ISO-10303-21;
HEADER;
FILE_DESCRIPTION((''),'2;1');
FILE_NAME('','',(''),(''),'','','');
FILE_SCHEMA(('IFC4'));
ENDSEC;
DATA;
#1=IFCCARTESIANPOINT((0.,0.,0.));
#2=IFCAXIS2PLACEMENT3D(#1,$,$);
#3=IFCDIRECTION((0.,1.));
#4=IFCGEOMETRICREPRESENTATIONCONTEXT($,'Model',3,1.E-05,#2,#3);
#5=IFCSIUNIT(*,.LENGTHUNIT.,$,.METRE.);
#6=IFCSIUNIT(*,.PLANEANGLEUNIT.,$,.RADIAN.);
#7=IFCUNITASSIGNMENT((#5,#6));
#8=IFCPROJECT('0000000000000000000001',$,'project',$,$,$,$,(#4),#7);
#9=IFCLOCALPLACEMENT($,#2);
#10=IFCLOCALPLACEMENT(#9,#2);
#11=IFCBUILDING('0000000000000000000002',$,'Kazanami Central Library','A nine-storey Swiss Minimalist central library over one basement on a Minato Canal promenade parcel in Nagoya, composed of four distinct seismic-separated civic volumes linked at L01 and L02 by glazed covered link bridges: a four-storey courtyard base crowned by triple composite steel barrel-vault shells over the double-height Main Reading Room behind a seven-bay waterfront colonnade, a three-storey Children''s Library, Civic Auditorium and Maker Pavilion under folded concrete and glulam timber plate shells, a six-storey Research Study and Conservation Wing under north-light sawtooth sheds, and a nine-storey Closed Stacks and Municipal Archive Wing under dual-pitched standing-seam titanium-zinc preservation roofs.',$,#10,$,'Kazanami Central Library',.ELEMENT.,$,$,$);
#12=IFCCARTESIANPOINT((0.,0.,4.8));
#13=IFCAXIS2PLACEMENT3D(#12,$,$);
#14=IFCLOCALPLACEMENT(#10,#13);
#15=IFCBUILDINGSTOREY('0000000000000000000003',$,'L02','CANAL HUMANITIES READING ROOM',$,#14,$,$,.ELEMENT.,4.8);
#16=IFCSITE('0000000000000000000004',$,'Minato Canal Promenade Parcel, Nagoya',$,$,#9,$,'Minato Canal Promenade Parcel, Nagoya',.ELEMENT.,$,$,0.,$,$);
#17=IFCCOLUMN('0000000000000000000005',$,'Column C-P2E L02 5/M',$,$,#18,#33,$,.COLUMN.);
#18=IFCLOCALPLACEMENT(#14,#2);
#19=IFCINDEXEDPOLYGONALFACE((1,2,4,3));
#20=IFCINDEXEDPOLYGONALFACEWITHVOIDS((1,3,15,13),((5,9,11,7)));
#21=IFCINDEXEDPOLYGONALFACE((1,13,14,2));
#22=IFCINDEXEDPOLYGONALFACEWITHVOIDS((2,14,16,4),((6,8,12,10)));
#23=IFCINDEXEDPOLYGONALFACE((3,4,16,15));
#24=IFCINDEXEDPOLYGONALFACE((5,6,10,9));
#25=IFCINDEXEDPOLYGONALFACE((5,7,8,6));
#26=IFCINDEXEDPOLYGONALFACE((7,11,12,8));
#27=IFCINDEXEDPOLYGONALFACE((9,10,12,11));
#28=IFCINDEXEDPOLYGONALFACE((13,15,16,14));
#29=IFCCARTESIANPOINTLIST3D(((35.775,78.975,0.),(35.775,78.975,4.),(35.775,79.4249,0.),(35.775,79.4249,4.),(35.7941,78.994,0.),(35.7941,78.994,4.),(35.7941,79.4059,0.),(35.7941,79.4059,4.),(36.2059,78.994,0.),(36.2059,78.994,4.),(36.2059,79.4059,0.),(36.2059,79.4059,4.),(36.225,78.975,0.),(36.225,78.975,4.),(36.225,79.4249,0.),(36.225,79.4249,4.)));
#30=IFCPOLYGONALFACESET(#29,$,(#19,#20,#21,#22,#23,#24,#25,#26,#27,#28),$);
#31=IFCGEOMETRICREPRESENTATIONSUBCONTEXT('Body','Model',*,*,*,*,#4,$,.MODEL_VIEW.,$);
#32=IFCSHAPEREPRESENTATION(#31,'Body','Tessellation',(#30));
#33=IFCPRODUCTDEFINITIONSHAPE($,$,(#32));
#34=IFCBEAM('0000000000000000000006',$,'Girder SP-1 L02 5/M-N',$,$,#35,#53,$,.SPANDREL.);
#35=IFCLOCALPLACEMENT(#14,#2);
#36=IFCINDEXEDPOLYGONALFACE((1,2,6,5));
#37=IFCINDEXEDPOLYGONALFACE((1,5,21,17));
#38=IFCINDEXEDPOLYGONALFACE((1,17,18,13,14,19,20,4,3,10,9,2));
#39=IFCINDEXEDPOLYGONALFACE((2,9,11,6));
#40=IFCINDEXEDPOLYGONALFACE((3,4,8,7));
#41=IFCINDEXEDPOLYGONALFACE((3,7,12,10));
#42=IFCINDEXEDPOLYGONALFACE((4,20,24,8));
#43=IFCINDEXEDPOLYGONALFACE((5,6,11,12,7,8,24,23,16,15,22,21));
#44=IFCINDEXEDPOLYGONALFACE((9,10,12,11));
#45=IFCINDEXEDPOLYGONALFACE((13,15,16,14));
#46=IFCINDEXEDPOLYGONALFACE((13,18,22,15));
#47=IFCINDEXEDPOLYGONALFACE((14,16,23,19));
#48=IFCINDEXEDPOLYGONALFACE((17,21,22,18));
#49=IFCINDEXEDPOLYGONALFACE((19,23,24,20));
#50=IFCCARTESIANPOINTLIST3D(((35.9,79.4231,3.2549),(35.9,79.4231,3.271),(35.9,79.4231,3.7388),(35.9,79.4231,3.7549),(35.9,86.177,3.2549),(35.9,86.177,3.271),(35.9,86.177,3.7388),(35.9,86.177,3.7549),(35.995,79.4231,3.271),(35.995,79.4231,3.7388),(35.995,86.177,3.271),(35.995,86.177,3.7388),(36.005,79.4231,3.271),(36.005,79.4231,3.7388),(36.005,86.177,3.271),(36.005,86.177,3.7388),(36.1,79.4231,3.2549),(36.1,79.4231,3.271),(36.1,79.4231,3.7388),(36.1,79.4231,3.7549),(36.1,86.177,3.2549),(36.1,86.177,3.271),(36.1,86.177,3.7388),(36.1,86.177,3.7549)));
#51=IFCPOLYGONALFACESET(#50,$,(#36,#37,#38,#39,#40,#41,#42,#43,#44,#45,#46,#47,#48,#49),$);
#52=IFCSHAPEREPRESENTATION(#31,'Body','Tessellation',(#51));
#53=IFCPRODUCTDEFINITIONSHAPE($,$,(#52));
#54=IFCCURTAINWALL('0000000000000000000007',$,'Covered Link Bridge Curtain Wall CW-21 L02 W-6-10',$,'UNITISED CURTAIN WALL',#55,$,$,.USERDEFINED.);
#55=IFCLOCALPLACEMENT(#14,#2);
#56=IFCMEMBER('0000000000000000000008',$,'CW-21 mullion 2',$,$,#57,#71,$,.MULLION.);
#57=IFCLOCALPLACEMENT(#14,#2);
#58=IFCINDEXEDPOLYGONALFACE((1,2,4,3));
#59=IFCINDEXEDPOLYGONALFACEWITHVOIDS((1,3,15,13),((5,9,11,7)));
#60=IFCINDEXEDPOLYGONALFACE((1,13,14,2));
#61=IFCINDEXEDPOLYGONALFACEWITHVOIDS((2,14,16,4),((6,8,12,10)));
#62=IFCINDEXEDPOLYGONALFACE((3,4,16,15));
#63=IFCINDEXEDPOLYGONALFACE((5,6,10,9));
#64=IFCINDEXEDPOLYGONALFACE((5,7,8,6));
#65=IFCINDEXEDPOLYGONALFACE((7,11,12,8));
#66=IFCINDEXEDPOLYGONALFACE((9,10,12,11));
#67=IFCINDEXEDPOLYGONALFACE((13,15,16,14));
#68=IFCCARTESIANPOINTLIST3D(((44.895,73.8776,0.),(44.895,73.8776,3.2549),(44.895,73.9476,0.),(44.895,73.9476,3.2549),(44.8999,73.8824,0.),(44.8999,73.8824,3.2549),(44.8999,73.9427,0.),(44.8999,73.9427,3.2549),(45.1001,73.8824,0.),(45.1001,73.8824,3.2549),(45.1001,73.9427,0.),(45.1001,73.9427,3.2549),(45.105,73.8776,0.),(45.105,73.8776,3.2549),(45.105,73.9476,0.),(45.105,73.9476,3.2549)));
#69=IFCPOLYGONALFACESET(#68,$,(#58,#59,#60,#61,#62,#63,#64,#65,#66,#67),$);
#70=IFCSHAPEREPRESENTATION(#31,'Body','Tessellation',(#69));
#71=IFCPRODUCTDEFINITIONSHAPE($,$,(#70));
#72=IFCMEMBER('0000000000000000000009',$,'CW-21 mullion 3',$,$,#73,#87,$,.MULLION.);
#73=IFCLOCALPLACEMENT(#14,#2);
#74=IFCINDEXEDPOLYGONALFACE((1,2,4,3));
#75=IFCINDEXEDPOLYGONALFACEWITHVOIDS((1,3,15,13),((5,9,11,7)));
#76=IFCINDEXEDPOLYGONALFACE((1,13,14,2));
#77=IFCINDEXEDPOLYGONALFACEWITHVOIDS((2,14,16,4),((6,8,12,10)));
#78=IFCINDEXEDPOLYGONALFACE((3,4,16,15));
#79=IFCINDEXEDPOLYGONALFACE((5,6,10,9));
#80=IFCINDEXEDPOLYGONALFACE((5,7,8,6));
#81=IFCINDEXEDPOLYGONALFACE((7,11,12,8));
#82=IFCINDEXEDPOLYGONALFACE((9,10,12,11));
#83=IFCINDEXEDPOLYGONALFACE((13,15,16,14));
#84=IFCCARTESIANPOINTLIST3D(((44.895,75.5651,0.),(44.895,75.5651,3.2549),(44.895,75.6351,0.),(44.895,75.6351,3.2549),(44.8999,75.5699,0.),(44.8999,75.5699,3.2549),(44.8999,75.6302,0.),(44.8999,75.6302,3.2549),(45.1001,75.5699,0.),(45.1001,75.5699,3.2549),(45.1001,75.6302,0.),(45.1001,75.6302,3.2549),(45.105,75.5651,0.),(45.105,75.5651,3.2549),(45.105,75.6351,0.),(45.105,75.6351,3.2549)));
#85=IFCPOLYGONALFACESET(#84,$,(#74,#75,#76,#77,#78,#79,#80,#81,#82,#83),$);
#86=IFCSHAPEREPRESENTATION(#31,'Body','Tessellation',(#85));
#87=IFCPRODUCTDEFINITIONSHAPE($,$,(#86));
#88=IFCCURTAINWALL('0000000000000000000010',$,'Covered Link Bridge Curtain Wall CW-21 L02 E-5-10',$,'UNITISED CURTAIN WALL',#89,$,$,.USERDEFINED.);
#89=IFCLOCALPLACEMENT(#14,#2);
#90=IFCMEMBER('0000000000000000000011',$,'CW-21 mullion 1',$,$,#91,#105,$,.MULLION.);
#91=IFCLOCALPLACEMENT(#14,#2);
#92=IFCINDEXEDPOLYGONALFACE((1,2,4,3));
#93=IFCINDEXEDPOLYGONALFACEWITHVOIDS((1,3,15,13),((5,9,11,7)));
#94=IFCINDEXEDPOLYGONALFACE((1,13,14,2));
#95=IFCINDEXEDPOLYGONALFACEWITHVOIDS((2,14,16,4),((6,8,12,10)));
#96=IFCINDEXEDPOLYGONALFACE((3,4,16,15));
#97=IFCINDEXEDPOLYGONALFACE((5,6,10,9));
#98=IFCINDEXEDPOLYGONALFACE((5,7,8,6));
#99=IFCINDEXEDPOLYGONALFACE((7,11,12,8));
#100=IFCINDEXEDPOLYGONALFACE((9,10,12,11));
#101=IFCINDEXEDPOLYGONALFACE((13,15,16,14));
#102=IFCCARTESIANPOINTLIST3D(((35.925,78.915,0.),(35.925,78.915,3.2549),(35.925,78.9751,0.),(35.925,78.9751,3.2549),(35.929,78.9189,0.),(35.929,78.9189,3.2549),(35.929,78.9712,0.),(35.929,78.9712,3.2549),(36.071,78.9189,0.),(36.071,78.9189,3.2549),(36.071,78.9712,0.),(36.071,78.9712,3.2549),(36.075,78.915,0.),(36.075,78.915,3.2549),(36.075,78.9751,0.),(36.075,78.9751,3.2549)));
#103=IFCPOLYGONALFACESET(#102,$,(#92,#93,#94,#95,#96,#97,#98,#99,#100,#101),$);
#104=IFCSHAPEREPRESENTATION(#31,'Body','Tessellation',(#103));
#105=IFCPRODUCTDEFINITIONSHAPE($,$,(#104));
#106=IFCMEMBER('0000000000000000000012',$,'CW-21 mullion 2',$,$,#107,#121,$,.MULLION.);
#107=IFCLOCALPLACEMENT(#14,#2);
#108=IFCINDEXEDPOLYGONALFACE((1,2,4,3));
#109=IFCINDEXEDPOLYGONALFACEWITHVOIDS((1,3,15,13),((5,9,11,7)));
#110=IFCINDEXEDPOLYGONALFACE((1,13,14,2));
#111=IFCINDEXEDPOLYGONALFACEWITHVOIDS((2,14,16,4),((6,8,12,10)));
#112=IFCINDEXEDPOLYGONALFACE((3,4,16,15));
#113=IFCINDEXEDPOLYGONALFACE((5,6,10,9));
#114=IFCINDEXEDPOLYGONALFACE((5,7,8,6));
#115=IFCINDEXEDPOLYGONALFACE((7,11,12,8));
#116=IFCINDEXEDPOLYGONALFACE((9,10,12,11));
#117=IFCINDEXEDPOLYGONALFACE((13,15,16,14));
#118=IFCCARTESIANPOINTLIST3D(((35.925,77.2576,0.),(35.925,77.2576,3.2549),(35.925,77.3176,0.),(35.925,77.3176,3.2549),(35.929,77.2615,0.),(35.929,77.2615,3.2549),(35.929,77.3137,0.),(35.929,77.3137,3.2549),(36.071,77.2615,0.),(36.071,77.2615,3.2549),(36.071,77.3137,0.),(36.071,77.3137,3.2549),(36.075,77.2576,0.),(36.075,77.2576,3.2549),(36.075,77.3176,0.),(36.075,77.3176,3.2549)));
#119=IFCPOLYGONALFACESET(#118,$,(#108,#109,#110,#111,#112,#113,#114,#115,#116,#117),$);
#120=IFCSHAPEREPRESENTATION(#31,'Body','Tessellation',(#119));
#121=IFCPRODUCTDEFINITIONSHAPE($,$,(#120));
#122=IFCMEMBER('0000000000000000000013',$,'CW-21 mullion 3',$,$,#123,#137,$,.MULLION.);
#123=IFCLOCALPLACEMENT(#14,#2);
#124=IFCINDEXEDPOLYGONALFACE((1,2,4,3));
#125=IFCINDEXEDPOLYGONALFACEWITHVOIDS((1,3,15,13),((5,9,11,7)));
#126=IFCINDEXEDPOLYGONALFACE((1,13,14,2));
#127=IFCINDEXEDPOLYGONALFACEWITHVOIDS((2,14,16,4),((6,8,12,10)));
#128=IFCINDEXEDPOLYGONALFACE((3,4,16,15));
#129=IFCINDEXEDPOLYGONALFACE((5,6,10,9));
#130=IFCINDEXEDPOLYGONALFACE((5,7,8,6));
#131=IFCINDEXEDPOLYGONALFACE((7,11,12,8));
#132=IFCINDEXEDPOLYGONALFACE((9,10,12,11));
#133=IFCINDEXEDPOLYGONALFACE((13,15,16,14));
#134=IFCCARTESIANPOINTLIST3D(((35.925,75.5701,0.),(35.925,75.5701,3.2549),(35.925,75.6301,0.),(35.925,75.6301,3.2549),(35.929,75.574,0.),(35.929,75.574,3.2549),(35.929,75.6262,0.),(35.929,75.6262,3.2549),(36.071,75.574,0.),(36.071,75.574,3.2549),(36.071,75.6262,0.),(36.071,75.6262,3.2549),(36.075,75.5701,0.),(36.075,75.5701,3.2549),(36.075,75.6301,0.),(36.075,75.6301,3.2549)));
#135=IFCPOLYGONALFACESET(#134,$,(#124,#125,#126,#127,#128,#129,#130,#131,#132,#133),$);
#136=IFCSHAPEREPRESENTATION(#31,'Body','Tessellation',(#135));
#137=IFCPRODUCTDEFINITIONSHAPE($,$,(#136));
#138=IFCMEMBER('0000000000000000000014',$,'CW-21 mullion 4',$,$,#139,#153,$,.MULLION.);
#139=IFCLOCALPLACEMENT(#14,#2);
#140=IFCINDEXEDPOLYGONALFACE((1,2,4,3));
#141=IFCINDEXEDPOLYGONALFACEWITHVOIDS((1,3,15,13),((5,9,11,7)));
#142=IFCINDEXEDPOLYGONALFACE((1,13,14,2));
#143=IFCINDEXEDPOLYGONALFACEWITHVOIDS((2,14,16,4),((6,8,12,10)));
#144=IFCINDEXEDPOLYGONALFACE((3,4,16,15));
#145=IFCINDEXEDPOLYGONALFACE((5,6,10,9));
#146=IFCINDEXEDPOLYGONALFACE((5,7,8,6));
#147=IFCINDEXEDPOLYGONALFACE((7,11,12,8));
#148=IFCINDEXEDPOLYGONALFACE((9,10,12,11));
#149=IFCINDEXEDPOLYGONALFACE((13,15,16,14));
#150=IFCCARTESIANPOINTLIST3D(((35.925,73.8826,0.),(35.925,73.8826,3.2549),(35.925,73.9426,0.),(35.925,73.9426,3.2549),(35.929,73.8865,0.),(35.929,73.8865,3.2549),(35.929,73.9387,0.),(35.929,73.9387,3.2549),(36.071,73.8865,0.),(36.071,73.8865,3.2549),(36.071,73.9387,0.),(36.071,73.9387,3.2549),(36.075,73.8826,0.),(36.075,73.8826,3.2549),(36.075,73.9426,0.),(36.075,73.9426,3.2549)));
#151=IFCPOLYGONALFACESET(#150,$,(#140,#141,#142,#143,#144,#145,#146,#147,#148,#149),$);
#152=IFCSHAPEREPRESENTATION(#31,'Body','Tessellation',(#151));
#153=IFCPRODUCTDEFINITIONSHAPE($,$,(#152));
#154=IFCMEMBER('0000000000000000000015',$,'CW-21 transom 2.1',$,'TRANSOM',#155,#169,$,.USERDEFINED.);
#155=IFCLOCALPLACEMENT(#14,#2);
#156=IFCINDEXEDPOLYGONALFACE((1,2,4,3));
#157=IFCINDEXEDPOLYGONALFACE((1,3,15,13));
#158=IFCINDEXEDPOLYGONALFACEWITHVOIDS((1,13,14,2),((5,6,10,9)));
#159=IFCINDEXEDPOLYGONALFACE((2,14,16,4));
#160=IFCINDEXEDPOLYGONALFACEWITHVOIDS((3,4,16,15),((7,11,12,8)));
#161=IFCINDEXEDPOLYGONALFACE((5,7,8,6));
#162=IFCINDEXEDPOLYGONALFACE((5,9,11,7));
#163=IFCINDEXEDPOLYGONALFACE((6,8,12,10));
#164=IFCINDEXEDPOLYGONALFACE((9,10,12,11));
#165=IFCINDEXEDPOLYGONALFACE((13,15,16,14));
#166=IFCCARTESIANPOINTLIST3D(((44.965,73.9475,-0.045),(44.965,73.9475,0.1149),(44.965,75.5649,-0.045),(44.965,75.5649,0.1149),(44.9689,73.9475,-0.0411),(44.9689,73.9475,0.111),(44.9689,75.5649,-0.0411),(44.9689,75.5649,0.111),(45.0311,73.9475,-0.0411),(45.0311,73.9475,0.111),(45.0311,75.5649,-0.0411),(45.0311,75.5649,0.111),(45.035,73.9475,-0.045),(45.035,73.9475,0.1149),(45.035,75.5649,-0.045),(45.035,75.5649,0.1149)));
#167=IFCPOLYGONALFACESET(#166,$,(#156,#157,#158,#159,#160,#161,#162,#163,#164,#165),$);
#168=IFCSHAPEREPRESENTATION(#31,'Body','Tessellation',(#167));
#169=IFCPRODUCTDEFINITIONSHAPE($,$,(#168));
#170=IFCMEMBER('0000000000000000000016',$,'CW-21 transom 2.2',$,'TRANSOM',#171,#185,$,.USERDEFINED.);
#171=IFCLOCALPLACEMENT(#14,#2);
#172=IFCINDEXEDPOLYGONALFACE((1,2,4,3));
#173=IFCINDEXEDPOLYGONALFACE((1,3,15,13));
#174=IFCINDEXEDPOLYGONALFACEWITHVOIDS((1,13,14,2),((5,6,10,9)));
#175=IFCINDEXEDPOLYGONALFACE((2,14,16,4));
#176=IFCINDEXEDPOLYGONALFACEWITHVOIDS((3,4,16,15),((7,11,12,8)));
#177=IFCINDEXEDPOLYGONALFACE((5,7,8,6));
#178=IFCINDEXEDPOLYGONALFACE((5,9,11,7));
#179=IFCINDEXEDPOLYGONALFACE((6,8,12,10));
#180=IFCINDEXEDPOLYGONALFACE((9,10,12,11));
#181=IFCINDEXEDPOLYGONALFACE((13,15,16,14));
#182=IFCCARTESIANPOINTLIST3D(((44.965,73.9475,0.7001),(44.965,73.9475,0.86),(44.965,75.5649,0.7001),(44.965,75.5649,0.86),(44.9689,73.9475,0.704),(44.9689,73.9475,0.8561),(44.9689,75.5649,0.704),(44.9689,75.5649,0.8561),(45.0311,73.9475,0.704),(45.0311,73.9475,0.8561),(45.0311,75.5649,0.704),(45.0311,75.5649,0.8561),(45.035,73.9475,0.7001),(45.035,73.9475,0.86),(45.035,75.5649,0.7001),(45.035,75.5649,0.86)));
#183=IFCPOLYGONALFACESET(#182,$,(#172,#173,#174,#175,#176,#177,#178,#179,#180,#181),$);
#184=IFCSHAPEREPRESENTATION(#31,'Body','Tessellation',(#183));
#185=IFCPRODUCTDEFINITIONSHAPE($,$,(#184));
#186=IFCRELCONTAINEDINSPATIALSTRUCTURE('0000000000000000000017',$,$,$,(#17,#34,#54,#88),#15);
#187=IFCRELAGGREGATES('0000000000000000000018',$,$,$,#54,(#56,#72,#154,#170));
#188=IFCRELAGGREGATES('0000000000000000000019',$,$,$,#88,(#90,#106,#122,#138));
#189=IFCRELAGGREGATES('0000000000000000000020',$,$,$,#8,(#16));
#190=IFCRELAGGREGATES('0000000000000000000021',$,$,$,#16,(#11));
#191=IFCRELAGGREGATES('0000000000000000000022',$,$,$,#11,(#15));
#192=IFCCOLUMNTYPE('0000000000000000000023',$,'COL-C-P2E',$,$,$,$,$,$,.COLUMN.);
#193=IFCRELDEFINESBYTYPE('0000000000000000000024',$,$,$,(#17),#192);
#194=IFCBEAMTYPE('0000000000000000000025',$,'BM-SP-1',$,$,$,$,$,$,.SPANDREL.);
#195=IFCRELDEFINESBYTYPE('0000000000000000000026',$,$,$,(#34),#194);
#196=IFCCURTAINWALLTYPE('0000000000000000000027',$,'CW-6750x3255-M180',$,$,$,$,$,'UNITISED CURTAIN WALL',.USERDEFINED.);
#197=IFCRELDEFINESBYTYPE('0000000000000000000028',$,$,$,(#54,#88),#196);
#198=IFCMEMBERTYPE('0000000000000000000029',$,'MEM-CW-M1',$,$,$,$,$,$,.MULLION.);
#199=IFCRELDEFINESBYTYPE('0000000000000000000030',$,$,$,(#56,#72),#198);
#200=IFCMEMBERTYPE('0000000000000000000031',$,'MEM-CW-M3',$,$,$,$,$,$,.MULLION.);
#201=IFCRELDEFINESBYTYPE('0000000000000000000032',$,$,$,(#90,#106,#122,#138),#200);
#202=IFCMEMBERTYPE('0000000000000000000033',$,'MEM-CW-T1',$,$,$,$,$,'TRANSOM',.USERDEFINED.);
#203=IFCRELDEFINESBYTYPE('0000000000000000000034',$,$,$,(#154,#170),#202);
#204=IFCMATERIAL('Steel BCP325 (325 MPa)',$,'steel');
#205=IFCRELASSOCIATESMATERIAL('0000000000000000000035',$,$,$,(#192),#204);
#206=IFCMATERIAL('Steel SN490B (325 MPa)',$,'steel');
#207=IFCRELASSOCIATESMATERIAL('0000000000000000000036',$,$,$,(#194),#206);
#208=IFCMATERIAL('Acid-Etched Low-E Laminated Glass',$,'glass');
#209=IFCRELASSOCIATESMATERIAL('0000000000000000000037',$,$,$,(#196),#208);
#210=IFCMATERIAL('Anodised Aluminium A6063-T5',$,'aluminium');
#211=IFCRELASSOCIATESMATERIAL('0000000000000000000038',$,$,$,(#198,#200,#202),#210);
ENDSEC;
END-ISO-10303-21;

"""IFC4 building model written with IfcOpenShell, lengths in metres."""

from ifc_helpers import new_model, si_unit, direction, frame, origin, origin_2d, place, context, subcontext, project, spatial, hollow_rectangle, i_section, extrude, material, material_profile, profile_set, type_object, element, aggregate, save


model = new_model("IFC4")

# Units and contexts
model_context = context("Model", 3, precision=1e-05, world=origin(), true_north=direction((0.0, 1.0)))
body_context = subcontext(model_context, "Body", "Model", "MODEL_VIEW")
ifc_project = project(units=[si_unit("LENGTHUNIT", "METRE"), si_unit("PLANEANGLEUNIT", "RADIAN")], contexts=[model_context])

# Site, building, storey
site_placement = place(None, origin())
site = spatial("IfcSite", under=ifc_project, at=site_placement, Name="Minato Canal Promenade Parcel, Nagoya", LongName="Minato Canal Promenade Parcel, Nagoya", CompositionType="ELEMENT", RefElevation=0.0)
building_placement = place(site_placement, origin())
building = spatial("IfcBuilding", under=site, at=building_placement, Name="Kazanami Central Library", Description="A nine-storey Swiss Minimalist central library over one basement on a Minato Canal promenade parcel in Nagoya, composed of four distinct seismic-separated civic volumes linked at L01 and L02 by glazed covered link bridges: a four-storey courtyard base crowned by triple composite steel barrel-vault shells over the double-height Main Reading Room behind a seven-bay waterfront colonnade, a three-storey Children's Library, Civic Auditorium and Maker Pavilion under folded concrete and glulam timber plate shells, a six-storey Research Study and Conservation Wing under north-light sawtooth sheds, and a nine-storey Closed Stacks and Municipal Archive Wing under dual-pitched standing-seam titanium-zinc preservation roofs.", LongName="Kazanami Central Library", CompositionType="ELEMENT")
storey_placement = place(building_placement, frame((0.0, 0.0, 4.8)))
storey = spatial("IfcBuildingStorey", under=building, at=storey_placement, Name="L02", Description="CANAL HUMANITIES READING ROOM", CompositionType="ELEMENT", Elevation=4.8)

# Column
ifc_material_1 = material(Name="Steel BCP325 (325 MPa)", Category="steel")
ifc_material_profile_1 = material_profile(ifc_material_1, hollow_rectangle(XDim=0.45, YDim=0.45, WallThickness=0.019, at=origin_2d()), Name="BCP-450x450x19")
ifc_profile_set_1 = profile_set([ifc_material_profile_1], Name="Steel BCP325 (325 MPa)")
column_type = type_object("IfcColumnType", Name="COL-C-P2E", PredefinedType="COLUMN", material=ifc_profile_set_1)
column_placement = place(storey_placement, frame((36.0, 79.2, 0.0), z_axis=(0.0, 0.0, 1.0), x_axis=(1.0, 0.0, 0.0)))
element("IfcColumn", 1, at=column_placement, inside=storey, type_object=column_type, Name="Column C-P2E L02 5/M", PredefinedType="COLUMN", context=body_context, shape_type="SweptSolid", body=[
    extrude(hollow_rectangle(XDim=0.45, YDim=0.45, WallThickness=0.019, at=origin_2d()), origin(), (0.0, 0.0, 1.0), 4.0),
])

# Beam
ifc_material_2 = material(Name="Steel SN490B (325 MPa)", Category="steel")
ifc_material_profile_2 = material_profile(ifc_material_2, i_section(OverallWidth=0.2, OverallDepth=0.5, WebThickness=0.01, FlangeThickness=0.0161, at=origin_2d()), Name="H-500x200x10x16")
ifc_profile_set_2 = profile_set([ifc_material_profile_2], Name="Steel SN490B (325 MPa)")
beam_type = type_object("IfcBeamType", Name="BM-SP-1", PredefinedType="SPANDREL", material=ifc_profile_set_2)
beam_placement = place(storey_placement, frame((36.0, 79.4231, 3.5049), z_axis=(0.0, 1.0, 0.0), x_axis=(-1.0, 0.0, 0.0)))
element("IfcBeam", 2, at=beam_placement, inside=storey, type_object=beam_type, Name="Girder SP-1 L02 5/M-N", PredefinedType="SPANDREL", context=body_context, shape_type="SweptSolid", body=[
    extrude(i_section(OverallWidth=0.2, OverallDepth=0.5, WebThickness=0.01, FlangeThickness=0.0161, at=origin_2d()), origin(), (0.0, 0.0, 1.0), 6.7539),
])

# Curtain walls, members
ifc_material_3 = material(Name="Acid-Etched Low-E Laminated Glass", Category="glass")
curtain_wall_type = type_object("IfcCurtainWallType", Name="CW-6750x3255-M180", ElementType="UNITISED CURTAIN WALL", PredefinedType="USERDEFINED", material=ifc_material_3)
curtain_wall_1_placement = place(storey_placement, origin())
curtain_wall_1 = element("IfcCurtainWall", 3, at=curtain_wall_1_placement, inside=storey, type_object=curtain_wall_type, Name="Covered Link Bridge Curtain Wall CW-21 L02 W-6-10", ObjectType="UNITISED CURTAIN WALL", PredefinedType="USERDEFINED")
ifc_material_4 = material(Name="Anodised Aluminium A6063-T5", Category="aluminium")
ifc_material_profile_3 = material_profile(ifc_material_4, hollow_rectangle(XDim=0.0701, YDim=0.21, WallThickness=0.0049, at=origin_2d()), Name="ALU-MULL-70x210x5")
ifc_profile_set_3 = profile_set([ifc_material_profile_3], Name="Anodised Aluminium A6063-T5")
member_type_1 = type_object("IfcMemberType", Name="MEM-CW-M1", PredefinedType="MULLION", material=ifc_profile_set_3)
member_1_placement = place(storey_placement, frame((45.0, 73.9126, 0.0), z_axis=(0.0, 0.0, 1.0), x_axis=(0.0, 1.0, 0.0)))
member_1 = element("IfcMember", 4, at=member_1_placement, type_object=member_type_1, Name="CW-21 mullion 2", PredefinedType="MULLION", context=body_context, shape_type="SweptSolid", body=[
    extrude(hollow_rectangle(XDim=0.0701, YDim=0.21, WallThickness=0.0049, at=origin_2d()), origin(), (0.0, 0.0, 1.0), 3.2549),
])
member_2_placement = place(storey_placement, frame((45.0, 75.6001, 0.0), z_axis=(0.0, 0.0, 1.0), x_axis=(0.0, 1.0, 0.0)))
member_2 = element("IfcMember", 5, at=member_2_placement, type_object=member_type_1, Name="CW-21 mullion 3", PredefinedType="MULLION", context=body_context, shape_type="SweptSolid", body=[
    extrude(hollow_rectangle(XDim=0.0701, YDim=0.21, WallThickness=0.0049, at=origin_2d()), origin(), (0.0, 0.0, 1.0), 3.2549),
])
curtain_wall_2_placement = place(storey_placement, origin())
curtain_wall_2 = element("IfcCurtainWall", 6, at=curtain_wall_2_placement, inside=storey, type_object=curtain_wall_type, Name="Covered Link Bridge Curtain Wall CW-21 L02 E-5-10", ObjectType="UNITISED CURTAIN WALL", PredefinedType="USERDEFINED")
ifc_material_profile_4 = material_profile(ifc_material_4, hollow_rectangle(XDim=0.0601, YDim=0.1499, WallThickness=0.0039, at=origin_2d()), Name="ALU-MULL-60x150x4")
ifc_profile_set_4 = profile_set([ifc_material_profile_4], Name="Anodised Aluminium A6063-T5")
member_type_2 = type_object("IfcMemberType", Name="MEM-CW-M3", PredefinedType="MULLION", material=ifc_profile_set_4)
member_3_placement = place(storey_placement, frame((36.0, 78.9451, 0.0), z_axis=(0.0, 0.0, 1.0), x_axis=(0.0, -1.0, 0.0)))
member_3 = element("IfcMember", 7, at=member_3_placement, type_object=member_type_2, Name="CW-21 mullion 1", PredefinedType="MULLION", context=body_context, shape_type="SweptSolid", body=[
    extrude(hollow_rectangle(XDim=0.0601, YDim=0.1499, WallThickness=0.0039, at=origin_2d()), origin(), (0.0, 0.0, 1.0), 3.2549),
])
member_4_placement = place(storey_placement, frame((36.0, 77.2876, 0.0), z_axis=(0.0, 0.0, 1.0), x_axis=(0.0, -1.0, 0.0)))
member_4 = element("IfcMember", 8, at=member_4_placement, type_object=member_type_2, Name="CW-21 mullion 2", PredefinedType="MULLION", context=body_context, shape_type="SweptSolid", body=[
    extrude(hollow_rectangle(XDim=0.0601, YDim=0.1499, WallThickness=0.0039, at=origin_2d()), origin(), (0.0, 0.0, 1.0), 3.2549),
])
member_5_placement = place(storey_placement, frame((36.0, 75.6001, 0.0), z_axis=(0.0, 0.0, 1.0), x_axis=(0.0, -1.0, 0.0)))
member_5 = element("IfcMember", 9, at=member_5_placement, type_object=member_type_2, Name="CW-21 mullion 3", PredefinedType="MULLION", context=body_context, shape_type="SweptSolid", body=[
    extrude(hollow_rectangle(XDim=0.0601, YDim=0.1499, WallThickness=0.0039, at=origin_2d()), origin(), (0.0, 0.0, 1.0), 3.2549),
])
member_6_placement = place(storey_placement, frame((36.0, 73.9126, 0.0), z_axis=(0.0, 0.0, 1.0), x_axis=(0.0, -1.0, 0.0)))
member_6 = element("IfcMember", 10, at=member_6_placement, type_object=member_type_2, Name="CW-21 mullion 4", PredefinedType="MULLION", context=body_context, shape_type="SweptSolid", body=[
    extrude(hollow_rectangle(XDim=0.0601, YDim=0.1499, WallThickness=0.0039, at=origin_2d()), origin(), (0.0, 0.0, 1.0), 3.2549),
])

# Members
ifc_material_profile_5 = material_profile(ifc_material_4, hollow_rectangle(XDim=0.0701, YDim=0.1599, WallThickness=0.0039, at=origin_2d()), Name="ALU-TRAN-70x160x4")
ifc_profile_set_5 = profile_set([ifc_material_profile_5], Name="Anodised Aluminium A6063-T5")
member_type_3 = type_object("IfcMemberType", Name="MEM-CW-T1", ElementType="TRANSOM", PredefinedType="USERDEFINED", material=ifc_profile_set_5)
member_7_placement = place(storey_placement, frame((45.0, 73.9475, 0.0349), z_axis=(0.0, 1.0, 0.0), x_axis=(-1.0, 0.0, 0.0)))
member_7 = element("IfcMember", 11, at=member_7_placement, type_object=member_type_3, Name="CW-21 transom 2.1", ObjectType="TRANSOM", PredefinedType="USERDEFINED", context=body_context, shape_type="SweptSolid", body=[
    extrude(hollow_rectangle(XDim=0.0701, YDim=0.1599, WallThickness=0.0039, at=origin_2d()), origin(), (0.0, 0.0, 1.0), 1.6174),
])
member_8_placement = place(storey_placement, frame((45.0, 73.9475, 0.78), z_axis=(0.0, 1.0, 0.0), x_axis=(-1.0, 0.0, 0.0)))
member_8 = element("IfcMember", 12, at=member_8_placement, type_object=member_type_3, Name="CW-21 transom 2.2", ObjectType="TRANSOM", PredefinedType="USERDEFINED", context=body_context, shape_type="SweptSolid", body=[
    extrude(hollow_rectangle(XDim=0.0701, YDim=0.1599, WallThickness=0.0039, at=origin_2d()), origin(), (0.0, 0.0, 1.0), 1.6174),
])

aggregate(curtain_wall_1, [member_1, member_2, member_7, member_8])
aggregate(curtain_wall_2, [member_3, member_4, member_5, member_6])

save(model, "model.ifc")
